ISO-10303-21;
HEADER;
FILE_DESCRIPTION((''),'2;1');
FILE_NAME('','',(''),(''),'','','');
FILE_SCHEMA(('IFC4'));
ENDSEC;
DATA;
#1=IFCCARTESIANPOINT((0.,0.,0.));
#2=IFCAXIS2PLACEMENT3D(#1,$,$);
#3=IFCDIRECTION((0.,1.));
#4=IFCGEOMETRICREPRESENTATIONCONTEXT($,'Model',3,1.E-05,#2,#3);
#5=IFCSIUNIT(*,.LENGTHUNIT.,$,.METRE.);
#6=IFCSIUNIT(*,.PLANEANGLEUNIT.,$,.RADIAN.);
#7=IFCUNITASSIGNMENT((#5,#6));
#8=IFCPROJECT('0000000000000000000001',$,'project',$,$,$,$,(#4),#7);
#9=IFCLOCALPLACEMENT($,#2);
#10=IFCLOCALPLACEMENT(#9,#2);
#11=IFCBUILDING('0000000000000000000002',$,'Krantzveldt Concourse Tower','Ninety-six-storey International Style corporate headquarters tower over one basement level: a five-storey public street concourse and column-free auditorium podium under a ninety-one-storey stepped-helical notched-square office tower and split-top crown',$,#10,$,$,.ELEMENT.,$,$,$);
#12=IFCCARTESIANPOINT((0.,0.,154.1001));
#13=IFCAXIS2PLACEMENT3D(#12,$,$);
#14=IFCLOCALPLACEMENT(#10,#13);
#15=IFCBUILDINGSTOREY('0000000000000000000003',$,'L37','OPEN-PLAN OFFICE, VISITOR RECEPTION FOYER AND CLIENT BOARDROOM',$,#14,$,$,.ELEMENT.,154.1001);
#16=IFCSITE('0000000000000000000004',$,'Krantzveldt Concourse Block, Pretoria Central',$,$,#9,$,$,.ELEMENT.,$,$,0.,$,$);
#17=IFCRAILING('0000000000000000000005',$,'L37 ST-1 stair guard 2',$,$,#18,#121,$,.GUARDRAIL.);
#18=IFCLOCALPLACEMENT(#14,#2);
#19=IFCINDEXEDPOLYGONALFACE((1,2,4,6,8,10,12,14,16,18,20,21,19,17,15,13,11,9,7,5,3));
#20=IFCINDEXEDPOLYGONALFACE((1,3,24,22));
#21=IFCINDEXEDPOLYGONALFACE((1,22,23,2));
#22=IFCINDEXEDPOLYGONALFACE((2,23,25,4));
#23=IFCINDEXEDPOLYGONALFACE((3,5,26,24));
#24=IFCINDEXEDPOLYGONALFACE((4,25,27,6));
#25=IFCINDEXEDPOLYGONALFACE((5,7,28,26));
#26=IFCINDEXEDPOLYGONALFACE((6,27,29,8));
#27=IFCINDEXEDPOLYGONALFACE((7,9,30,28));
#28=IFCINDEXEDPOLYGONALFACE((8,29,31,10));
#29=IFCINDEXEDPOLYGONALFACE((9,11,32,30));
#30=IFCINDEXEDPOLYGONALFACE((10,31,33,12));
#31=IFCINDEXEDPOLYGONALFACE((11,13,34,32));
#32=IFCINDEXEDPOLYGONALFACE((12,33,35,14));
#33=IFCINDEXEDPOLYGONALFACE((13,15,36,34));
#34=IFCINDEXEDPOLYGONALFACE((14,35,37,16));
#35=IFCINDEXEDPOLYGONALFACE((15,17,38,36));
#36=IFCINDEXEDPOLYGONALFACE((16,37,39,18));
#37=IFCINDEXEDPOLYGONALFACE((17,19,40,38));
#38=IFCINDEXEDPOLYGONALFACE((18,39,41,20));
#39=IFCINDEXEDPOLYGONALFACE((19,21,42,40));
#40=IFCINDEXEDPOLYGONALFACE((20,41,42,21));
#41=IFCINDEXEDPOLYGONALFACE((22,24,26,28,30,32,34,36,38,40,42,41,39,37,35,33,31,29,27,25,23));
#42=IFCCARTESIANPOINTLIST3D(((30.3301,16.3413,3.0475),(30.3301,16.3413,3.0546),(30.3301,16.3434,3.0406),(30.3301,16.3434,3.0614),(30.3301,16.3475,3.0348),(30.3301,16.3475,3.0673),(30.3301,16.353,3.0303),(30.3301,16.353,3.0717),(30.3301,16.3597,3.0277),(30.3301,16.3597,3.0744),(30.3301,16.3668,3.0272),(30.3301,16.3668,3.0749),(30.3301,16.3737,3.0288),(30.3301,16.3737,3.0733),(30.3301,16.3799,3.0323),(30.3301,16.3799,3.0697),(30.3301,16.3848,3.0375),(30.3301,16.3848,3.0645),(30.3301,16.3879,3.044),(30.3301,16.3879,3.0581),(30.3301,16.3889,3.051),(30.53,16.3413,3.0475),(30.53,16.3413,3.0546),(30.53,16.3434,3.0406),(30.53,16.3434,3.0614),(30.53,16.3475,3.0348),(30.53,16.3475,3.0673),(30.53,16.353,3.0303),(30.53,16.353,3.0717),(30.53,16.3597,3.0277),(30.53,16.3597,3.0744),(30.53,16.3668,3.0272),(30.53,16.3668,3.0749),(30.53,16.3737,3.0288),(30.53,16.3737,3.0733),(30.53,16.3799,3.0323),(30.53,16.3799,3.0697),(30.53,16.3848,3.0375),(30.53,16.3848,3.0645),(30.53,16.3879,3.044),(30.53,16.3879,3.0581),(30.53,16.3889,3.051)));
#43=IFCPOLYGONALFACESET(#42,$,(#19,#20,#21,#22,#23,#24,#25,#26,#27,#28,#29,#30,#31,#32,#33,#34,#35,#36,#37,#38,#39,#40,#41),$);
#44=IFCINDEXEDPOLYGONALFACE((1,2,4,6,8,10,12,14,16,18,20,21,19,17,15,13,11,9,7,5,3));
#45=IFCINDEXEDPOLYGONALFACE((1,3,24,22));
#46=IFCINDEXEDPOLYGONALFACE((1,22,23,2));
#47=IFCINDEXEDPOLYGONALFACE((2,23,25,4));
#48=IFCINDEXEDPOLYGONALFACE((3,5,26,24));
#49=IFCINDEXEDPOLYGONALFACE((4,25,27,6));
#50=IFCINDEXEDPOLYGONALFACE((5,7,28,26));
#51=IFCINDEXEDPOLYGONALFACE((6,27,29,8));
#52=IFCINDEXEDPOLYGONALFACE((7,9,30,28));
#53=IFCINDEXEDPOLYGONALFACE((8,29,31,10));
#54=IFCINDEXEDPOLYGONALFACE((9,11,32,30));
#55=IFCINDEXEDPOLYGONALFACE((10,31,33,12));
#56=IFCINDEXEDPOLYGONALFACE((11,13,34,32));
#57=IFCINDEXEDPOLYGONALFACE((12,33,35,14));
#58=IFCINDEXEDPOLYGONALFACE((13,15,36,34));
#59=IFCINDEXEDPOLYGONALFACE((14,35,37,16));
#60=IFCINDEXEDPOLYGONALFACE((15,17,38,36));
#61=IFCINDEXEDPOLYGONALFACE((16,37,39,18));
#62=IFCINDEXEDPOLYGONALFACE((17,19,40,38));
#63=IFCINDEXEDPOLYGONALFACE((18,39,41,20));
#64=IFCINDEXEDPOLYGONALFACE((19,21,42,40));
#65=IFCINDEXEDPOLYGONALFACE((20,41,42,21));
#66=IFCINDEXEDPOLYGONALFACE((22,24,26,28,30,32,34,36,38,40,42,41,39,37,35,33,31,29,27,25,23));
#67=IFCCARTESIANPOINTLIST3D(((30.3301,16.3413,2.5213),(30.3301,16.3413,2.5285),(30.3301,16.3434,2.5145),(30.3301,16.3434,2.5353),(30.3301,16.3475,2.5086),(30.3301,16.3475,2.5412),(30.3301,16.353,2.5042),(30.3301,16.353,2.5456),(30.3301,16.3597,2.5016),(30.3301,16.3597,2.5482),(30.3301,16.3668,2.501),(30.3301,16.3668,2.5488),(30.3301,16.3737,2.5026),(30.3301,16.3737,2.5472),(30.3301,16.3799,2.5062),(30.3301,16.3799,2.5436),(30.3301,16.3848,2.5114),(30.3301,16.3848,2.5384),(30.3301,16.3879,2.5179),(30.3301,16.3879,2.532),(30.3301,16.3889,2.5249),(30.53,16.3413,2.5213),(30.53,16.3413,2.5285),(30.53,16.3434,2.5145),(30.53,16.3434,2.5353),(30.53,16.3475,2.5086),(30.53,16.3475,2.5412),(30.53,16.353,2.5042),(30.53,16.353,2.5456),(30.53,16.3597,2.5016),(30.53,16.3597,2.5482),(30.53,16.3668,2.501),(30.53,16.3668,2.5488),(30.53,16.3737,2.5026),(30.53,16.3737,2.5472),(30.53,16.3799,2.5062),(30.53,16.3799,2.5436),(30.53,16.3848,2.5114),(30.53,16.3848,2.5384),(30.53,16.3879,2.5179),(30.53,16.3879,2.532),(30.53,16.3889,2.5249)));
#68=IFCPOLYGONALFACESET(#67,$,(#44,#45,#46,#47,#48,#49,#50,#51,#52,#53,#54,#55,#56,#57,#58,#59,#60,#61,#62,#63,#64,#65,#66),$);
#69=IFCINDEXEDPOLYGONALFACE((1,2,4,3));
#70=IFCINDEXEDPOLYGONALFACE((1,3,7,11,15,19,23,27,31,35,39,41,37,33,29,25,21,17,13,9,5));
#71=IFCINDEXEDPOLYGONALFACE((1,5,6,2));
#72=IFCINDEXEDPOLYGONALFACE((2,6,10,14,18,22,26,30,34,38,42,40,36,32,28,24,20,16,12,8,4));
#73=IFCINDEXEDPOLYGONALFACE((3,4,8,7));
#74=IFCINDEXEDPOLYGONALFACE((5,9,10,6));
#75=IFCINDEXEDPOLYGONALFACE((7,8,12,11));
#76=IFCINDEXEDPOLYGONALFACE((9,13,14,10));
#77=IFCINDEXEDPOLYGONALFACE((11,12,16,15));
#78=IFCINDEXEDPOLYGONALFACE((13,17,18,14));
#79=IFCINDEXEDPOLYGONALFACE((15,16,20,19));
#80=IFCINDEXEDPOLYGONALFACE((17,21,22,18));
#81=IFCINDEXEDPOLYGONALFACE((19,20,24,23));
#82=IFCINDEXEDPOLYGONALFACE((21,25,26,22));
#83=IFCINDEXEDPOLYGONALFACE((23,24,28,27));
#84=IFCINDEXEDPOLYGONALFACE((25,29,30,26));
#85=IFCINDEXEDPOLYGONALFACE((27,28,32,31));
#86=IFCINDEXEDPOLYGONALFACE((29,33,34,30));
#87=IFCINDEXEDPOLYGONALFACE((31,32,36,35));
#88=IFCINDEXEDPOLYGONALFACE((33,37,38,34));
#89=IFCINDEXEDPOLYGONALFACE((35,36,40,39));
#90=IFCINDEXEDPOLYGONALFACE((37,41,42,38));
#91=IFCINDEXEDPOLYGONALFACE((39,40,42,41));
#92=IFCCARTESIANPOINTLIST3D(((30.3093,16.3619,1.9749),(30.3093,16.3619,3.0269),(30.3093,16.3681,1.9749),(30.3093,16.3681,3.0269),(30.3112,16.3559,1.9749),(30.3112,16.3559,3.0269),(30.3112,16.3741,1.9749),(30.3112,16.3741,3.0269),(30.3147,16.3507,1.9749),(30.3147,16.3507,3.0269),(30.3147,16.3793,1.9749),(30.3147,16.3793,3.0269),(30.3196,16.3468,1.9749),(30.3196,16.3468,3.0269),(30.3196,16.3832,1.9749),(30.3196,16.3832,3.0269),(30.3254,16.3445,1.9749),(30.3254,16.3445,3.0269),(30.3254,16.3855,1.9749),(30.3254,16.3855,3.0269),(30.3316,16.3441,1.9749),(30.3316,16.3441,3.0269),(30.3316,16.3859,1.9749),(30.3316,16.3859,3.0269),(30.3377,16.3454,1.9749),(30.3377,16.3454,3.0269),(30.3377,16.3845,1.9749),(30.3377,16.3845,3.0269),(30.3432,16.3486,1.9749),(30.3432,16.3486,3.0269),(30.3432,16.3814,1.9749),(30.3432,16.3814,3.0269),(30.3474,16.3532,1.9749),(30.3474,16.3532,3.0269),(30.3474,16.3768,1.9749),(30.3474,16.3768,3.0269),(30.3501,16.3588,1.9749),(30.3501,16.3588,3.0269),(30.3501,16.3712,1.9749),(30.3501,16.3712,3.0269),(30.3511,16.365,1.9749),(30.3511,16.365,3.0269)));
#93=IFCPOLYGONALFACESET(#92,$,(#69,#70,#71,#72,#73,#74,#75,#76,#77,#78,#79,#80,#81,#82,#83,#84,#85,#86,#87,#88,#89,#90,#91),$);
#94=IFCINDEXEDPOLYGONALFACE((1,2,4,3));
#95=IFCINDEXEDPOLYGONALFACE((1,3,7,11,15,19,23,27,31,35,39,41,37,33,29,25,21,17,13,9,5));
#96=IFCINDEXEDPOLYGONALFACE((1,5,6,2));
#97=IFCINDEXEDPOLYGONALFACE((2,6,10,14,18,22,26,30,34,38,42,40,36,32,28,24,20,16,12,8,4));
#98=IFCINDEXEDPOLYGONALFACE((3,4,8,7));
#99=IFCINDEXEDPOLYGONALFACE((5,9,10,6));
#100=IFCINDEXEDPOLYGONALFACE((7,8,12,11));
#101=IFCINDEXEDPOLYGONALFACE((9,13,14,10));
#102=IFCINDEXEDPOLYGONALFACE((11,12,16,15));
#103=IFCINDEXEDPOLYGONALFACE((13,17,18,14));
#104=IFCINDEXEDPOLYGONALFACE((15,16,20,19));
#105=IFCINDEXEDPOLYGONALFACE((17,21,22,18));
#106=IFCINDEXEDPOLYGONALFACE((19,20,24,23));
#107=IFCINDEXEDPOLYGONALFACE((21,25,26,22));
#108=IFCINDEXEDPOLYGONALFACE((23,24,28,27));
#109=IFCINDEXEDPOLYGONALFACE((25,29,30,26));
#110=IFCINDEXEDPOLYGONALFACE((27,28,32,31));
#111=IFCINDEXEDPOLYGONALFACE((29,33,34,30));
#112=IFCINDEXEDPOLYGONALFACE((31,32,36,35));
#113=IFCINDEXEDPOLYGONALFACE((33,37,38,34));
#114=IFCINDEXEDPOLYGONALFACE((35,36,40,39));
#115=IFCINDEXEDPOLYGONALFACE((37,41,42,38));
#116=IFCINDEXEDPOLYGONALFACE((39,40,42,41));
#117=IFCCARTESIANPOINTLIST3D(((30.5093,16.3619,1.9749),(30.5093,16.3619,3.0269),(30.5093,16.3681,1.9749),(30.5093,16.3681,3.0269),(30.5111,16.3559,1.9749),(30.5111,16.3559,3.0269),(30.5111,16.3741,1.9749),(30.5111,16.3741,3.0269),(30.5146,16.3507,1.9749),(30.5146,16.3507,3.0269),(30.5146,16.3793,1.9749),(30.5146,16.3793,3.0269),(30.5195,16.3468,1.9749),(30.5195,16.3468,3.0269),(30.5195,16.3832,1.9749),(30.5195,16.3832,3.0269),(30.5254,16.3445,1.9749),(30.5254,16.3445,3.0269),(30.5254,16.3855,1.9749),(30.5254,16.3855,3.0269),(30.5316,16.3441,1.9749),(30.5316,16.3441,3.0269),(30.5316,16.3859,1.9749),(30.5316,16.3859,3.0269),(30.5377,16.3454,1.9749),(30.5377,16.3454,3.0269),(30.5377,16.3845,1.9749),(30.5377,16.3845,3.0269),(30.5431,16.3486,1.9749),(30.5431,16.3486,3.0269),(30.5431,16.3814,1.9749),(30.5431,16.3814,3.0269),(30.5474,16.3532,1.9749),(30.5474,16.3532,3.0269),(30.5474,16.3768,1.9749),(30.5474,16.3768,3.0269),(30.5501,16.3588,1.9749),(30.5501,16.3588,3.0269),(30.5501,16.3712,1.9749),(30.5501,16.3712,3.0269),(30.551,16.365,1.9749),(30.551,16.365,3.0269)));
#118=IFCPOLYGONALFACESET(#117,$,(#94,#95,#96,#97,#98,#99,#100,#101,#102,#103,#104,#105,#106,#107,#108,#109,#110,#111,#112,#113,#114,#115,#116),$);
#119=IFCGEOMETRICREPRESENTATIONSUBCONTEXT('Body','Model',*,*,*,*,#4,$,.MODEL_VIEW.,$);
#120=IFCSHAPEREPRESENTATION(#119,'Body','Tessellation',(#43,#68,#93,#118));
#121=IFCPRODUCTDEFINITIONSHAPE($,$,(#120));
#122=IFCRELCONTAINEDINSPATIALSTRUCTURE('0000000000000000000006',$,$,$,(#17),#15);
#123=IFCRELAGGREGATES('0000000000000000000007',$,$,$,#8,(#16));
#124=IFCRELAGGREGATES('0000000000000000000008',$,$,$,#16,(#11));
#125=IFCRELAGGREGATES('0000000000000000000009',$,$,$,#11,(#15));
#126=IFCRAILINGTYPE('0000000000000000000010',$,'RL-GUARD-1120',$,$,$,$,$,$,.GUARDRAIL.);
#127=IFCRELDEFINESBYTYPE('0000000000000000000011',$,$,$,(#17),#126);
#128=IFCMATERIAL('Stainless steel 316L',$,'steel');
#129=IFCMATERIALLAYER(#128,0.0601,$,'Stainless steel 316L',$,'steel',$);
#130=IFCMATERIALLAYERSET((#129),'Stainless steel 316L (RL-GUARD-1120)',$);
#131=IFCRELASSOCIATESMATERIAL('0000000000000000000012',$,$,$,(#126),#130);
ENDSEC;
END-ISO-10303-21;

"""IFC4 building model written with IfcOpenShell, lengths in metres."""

from ifc_helpers import new_model, si_unit, direction, frame, origin, origin_2d, place, context, subcontext, project, spatial, circle, extrude, material, layer, layer_set, type_object, element, save


model = new_model("IFC4")

# Units and contexts
model_context = context("Model", 3, precision=1e-05, world=origin(), true_north=direction((0.0, 1.0)))
body_context = subcontext(model_context, "Body", "Model", "MODEL_VIEW")
ifc_project = project(units=[si_unit("LENGTHUNIT", "METRE"), si_unit("PLANEANGLEUNIT", "RADIAN")], contexts=[model_context])

# Site, building, storey
site_placement = place(None, origin())
site = spatial("IfcSite", under=ifc_project, at=site_placement, Name="Krantzveldt Concourse Block, Pretoria Central", CompositionType="ELEMENT", RefElevation=0.0)
building_placement = place(site_placement, origin())
building = spatial("IfcBuilding", under=site, at=building_placement, Name="Krantzveldt Concourse Tower", Description="Ninety-six-storey International Style corporate headquarters tower over one basement level: a five-storey public street concourse and column-free auditorium podium under a ninety-one-storey stepped-helical notched-square office tower and split-top crown", CompositionType="ELEMENT")
storey_placement = place(building_placement, frame((0.0, 0.0, 154.1001)))
storey = spatial("IfcBuildingStorey", under=building, at=storey_placement, Name="L37", Description="OPEN-PLAN OFFICE, VISITOR RECEPTION FOYER AND CLIENT BOARDROOM", CompositionType="ELEMENT", Elevation=154.1001)

# Railing
ifc_material_1 = material(Name="Stainless steel 316L", Category="steel")
ifc_layer_1 = layer(ifc_material_1, 0.0601, Name="Stainless steel 316L", Category="steel")
ifc_layer_set_1 = layer_set([ifc_layer_1], Name="Stainless steel 316L (RL-GUARD-1120)")
railing_type_1 = type_object("IfcRailingType", Name="RL-GUARD-1120", PredefinedType="GUARDRAIL", material=ifc_layer_set_1)
railing_1_placement = place(storey_placement, frame((30.3301, 16.365, 1.9749)))
element("IfcRailing", 1, at=railing_1_placement, inside=storey, type_object=railing_type_1, Name="L37 ST-1 stair guard 2", PredefinedType="GUARDRAIL", context=body_context, shape_type="SweptSolid", body=[
    extrude(circle(Radius=0.0239, at=origin_2d()), frame((0.0, 0.0, 1.0762), z_axis=(1.0, 0.0, 0.0), x_axis=(0.0, 1.0, 0.0)), (0.0, 0.0, 1.0), 0.2),
    extrude(circle(Radius=0.0239, at=origin_2d()), frame((0.0, 0.0, 0.55), z_axis=(1.0, 0.0, 0.0), x_axis=(0.0, 1.0, 0.0)), (0.0, 0.0, 1.0), 0.2),
    extrude(circle(Radius=0.021, at=origin_2d()), origin(), (0.0, 0.0, 1.0), 1.052),
    extrude(circle(Radius=0.021, at=origin_2d()), frame((0.2, 0.0, 0.0)), (0.0, 0.0, 1.0), 1.052),
])

save(model, "model.ifc")
